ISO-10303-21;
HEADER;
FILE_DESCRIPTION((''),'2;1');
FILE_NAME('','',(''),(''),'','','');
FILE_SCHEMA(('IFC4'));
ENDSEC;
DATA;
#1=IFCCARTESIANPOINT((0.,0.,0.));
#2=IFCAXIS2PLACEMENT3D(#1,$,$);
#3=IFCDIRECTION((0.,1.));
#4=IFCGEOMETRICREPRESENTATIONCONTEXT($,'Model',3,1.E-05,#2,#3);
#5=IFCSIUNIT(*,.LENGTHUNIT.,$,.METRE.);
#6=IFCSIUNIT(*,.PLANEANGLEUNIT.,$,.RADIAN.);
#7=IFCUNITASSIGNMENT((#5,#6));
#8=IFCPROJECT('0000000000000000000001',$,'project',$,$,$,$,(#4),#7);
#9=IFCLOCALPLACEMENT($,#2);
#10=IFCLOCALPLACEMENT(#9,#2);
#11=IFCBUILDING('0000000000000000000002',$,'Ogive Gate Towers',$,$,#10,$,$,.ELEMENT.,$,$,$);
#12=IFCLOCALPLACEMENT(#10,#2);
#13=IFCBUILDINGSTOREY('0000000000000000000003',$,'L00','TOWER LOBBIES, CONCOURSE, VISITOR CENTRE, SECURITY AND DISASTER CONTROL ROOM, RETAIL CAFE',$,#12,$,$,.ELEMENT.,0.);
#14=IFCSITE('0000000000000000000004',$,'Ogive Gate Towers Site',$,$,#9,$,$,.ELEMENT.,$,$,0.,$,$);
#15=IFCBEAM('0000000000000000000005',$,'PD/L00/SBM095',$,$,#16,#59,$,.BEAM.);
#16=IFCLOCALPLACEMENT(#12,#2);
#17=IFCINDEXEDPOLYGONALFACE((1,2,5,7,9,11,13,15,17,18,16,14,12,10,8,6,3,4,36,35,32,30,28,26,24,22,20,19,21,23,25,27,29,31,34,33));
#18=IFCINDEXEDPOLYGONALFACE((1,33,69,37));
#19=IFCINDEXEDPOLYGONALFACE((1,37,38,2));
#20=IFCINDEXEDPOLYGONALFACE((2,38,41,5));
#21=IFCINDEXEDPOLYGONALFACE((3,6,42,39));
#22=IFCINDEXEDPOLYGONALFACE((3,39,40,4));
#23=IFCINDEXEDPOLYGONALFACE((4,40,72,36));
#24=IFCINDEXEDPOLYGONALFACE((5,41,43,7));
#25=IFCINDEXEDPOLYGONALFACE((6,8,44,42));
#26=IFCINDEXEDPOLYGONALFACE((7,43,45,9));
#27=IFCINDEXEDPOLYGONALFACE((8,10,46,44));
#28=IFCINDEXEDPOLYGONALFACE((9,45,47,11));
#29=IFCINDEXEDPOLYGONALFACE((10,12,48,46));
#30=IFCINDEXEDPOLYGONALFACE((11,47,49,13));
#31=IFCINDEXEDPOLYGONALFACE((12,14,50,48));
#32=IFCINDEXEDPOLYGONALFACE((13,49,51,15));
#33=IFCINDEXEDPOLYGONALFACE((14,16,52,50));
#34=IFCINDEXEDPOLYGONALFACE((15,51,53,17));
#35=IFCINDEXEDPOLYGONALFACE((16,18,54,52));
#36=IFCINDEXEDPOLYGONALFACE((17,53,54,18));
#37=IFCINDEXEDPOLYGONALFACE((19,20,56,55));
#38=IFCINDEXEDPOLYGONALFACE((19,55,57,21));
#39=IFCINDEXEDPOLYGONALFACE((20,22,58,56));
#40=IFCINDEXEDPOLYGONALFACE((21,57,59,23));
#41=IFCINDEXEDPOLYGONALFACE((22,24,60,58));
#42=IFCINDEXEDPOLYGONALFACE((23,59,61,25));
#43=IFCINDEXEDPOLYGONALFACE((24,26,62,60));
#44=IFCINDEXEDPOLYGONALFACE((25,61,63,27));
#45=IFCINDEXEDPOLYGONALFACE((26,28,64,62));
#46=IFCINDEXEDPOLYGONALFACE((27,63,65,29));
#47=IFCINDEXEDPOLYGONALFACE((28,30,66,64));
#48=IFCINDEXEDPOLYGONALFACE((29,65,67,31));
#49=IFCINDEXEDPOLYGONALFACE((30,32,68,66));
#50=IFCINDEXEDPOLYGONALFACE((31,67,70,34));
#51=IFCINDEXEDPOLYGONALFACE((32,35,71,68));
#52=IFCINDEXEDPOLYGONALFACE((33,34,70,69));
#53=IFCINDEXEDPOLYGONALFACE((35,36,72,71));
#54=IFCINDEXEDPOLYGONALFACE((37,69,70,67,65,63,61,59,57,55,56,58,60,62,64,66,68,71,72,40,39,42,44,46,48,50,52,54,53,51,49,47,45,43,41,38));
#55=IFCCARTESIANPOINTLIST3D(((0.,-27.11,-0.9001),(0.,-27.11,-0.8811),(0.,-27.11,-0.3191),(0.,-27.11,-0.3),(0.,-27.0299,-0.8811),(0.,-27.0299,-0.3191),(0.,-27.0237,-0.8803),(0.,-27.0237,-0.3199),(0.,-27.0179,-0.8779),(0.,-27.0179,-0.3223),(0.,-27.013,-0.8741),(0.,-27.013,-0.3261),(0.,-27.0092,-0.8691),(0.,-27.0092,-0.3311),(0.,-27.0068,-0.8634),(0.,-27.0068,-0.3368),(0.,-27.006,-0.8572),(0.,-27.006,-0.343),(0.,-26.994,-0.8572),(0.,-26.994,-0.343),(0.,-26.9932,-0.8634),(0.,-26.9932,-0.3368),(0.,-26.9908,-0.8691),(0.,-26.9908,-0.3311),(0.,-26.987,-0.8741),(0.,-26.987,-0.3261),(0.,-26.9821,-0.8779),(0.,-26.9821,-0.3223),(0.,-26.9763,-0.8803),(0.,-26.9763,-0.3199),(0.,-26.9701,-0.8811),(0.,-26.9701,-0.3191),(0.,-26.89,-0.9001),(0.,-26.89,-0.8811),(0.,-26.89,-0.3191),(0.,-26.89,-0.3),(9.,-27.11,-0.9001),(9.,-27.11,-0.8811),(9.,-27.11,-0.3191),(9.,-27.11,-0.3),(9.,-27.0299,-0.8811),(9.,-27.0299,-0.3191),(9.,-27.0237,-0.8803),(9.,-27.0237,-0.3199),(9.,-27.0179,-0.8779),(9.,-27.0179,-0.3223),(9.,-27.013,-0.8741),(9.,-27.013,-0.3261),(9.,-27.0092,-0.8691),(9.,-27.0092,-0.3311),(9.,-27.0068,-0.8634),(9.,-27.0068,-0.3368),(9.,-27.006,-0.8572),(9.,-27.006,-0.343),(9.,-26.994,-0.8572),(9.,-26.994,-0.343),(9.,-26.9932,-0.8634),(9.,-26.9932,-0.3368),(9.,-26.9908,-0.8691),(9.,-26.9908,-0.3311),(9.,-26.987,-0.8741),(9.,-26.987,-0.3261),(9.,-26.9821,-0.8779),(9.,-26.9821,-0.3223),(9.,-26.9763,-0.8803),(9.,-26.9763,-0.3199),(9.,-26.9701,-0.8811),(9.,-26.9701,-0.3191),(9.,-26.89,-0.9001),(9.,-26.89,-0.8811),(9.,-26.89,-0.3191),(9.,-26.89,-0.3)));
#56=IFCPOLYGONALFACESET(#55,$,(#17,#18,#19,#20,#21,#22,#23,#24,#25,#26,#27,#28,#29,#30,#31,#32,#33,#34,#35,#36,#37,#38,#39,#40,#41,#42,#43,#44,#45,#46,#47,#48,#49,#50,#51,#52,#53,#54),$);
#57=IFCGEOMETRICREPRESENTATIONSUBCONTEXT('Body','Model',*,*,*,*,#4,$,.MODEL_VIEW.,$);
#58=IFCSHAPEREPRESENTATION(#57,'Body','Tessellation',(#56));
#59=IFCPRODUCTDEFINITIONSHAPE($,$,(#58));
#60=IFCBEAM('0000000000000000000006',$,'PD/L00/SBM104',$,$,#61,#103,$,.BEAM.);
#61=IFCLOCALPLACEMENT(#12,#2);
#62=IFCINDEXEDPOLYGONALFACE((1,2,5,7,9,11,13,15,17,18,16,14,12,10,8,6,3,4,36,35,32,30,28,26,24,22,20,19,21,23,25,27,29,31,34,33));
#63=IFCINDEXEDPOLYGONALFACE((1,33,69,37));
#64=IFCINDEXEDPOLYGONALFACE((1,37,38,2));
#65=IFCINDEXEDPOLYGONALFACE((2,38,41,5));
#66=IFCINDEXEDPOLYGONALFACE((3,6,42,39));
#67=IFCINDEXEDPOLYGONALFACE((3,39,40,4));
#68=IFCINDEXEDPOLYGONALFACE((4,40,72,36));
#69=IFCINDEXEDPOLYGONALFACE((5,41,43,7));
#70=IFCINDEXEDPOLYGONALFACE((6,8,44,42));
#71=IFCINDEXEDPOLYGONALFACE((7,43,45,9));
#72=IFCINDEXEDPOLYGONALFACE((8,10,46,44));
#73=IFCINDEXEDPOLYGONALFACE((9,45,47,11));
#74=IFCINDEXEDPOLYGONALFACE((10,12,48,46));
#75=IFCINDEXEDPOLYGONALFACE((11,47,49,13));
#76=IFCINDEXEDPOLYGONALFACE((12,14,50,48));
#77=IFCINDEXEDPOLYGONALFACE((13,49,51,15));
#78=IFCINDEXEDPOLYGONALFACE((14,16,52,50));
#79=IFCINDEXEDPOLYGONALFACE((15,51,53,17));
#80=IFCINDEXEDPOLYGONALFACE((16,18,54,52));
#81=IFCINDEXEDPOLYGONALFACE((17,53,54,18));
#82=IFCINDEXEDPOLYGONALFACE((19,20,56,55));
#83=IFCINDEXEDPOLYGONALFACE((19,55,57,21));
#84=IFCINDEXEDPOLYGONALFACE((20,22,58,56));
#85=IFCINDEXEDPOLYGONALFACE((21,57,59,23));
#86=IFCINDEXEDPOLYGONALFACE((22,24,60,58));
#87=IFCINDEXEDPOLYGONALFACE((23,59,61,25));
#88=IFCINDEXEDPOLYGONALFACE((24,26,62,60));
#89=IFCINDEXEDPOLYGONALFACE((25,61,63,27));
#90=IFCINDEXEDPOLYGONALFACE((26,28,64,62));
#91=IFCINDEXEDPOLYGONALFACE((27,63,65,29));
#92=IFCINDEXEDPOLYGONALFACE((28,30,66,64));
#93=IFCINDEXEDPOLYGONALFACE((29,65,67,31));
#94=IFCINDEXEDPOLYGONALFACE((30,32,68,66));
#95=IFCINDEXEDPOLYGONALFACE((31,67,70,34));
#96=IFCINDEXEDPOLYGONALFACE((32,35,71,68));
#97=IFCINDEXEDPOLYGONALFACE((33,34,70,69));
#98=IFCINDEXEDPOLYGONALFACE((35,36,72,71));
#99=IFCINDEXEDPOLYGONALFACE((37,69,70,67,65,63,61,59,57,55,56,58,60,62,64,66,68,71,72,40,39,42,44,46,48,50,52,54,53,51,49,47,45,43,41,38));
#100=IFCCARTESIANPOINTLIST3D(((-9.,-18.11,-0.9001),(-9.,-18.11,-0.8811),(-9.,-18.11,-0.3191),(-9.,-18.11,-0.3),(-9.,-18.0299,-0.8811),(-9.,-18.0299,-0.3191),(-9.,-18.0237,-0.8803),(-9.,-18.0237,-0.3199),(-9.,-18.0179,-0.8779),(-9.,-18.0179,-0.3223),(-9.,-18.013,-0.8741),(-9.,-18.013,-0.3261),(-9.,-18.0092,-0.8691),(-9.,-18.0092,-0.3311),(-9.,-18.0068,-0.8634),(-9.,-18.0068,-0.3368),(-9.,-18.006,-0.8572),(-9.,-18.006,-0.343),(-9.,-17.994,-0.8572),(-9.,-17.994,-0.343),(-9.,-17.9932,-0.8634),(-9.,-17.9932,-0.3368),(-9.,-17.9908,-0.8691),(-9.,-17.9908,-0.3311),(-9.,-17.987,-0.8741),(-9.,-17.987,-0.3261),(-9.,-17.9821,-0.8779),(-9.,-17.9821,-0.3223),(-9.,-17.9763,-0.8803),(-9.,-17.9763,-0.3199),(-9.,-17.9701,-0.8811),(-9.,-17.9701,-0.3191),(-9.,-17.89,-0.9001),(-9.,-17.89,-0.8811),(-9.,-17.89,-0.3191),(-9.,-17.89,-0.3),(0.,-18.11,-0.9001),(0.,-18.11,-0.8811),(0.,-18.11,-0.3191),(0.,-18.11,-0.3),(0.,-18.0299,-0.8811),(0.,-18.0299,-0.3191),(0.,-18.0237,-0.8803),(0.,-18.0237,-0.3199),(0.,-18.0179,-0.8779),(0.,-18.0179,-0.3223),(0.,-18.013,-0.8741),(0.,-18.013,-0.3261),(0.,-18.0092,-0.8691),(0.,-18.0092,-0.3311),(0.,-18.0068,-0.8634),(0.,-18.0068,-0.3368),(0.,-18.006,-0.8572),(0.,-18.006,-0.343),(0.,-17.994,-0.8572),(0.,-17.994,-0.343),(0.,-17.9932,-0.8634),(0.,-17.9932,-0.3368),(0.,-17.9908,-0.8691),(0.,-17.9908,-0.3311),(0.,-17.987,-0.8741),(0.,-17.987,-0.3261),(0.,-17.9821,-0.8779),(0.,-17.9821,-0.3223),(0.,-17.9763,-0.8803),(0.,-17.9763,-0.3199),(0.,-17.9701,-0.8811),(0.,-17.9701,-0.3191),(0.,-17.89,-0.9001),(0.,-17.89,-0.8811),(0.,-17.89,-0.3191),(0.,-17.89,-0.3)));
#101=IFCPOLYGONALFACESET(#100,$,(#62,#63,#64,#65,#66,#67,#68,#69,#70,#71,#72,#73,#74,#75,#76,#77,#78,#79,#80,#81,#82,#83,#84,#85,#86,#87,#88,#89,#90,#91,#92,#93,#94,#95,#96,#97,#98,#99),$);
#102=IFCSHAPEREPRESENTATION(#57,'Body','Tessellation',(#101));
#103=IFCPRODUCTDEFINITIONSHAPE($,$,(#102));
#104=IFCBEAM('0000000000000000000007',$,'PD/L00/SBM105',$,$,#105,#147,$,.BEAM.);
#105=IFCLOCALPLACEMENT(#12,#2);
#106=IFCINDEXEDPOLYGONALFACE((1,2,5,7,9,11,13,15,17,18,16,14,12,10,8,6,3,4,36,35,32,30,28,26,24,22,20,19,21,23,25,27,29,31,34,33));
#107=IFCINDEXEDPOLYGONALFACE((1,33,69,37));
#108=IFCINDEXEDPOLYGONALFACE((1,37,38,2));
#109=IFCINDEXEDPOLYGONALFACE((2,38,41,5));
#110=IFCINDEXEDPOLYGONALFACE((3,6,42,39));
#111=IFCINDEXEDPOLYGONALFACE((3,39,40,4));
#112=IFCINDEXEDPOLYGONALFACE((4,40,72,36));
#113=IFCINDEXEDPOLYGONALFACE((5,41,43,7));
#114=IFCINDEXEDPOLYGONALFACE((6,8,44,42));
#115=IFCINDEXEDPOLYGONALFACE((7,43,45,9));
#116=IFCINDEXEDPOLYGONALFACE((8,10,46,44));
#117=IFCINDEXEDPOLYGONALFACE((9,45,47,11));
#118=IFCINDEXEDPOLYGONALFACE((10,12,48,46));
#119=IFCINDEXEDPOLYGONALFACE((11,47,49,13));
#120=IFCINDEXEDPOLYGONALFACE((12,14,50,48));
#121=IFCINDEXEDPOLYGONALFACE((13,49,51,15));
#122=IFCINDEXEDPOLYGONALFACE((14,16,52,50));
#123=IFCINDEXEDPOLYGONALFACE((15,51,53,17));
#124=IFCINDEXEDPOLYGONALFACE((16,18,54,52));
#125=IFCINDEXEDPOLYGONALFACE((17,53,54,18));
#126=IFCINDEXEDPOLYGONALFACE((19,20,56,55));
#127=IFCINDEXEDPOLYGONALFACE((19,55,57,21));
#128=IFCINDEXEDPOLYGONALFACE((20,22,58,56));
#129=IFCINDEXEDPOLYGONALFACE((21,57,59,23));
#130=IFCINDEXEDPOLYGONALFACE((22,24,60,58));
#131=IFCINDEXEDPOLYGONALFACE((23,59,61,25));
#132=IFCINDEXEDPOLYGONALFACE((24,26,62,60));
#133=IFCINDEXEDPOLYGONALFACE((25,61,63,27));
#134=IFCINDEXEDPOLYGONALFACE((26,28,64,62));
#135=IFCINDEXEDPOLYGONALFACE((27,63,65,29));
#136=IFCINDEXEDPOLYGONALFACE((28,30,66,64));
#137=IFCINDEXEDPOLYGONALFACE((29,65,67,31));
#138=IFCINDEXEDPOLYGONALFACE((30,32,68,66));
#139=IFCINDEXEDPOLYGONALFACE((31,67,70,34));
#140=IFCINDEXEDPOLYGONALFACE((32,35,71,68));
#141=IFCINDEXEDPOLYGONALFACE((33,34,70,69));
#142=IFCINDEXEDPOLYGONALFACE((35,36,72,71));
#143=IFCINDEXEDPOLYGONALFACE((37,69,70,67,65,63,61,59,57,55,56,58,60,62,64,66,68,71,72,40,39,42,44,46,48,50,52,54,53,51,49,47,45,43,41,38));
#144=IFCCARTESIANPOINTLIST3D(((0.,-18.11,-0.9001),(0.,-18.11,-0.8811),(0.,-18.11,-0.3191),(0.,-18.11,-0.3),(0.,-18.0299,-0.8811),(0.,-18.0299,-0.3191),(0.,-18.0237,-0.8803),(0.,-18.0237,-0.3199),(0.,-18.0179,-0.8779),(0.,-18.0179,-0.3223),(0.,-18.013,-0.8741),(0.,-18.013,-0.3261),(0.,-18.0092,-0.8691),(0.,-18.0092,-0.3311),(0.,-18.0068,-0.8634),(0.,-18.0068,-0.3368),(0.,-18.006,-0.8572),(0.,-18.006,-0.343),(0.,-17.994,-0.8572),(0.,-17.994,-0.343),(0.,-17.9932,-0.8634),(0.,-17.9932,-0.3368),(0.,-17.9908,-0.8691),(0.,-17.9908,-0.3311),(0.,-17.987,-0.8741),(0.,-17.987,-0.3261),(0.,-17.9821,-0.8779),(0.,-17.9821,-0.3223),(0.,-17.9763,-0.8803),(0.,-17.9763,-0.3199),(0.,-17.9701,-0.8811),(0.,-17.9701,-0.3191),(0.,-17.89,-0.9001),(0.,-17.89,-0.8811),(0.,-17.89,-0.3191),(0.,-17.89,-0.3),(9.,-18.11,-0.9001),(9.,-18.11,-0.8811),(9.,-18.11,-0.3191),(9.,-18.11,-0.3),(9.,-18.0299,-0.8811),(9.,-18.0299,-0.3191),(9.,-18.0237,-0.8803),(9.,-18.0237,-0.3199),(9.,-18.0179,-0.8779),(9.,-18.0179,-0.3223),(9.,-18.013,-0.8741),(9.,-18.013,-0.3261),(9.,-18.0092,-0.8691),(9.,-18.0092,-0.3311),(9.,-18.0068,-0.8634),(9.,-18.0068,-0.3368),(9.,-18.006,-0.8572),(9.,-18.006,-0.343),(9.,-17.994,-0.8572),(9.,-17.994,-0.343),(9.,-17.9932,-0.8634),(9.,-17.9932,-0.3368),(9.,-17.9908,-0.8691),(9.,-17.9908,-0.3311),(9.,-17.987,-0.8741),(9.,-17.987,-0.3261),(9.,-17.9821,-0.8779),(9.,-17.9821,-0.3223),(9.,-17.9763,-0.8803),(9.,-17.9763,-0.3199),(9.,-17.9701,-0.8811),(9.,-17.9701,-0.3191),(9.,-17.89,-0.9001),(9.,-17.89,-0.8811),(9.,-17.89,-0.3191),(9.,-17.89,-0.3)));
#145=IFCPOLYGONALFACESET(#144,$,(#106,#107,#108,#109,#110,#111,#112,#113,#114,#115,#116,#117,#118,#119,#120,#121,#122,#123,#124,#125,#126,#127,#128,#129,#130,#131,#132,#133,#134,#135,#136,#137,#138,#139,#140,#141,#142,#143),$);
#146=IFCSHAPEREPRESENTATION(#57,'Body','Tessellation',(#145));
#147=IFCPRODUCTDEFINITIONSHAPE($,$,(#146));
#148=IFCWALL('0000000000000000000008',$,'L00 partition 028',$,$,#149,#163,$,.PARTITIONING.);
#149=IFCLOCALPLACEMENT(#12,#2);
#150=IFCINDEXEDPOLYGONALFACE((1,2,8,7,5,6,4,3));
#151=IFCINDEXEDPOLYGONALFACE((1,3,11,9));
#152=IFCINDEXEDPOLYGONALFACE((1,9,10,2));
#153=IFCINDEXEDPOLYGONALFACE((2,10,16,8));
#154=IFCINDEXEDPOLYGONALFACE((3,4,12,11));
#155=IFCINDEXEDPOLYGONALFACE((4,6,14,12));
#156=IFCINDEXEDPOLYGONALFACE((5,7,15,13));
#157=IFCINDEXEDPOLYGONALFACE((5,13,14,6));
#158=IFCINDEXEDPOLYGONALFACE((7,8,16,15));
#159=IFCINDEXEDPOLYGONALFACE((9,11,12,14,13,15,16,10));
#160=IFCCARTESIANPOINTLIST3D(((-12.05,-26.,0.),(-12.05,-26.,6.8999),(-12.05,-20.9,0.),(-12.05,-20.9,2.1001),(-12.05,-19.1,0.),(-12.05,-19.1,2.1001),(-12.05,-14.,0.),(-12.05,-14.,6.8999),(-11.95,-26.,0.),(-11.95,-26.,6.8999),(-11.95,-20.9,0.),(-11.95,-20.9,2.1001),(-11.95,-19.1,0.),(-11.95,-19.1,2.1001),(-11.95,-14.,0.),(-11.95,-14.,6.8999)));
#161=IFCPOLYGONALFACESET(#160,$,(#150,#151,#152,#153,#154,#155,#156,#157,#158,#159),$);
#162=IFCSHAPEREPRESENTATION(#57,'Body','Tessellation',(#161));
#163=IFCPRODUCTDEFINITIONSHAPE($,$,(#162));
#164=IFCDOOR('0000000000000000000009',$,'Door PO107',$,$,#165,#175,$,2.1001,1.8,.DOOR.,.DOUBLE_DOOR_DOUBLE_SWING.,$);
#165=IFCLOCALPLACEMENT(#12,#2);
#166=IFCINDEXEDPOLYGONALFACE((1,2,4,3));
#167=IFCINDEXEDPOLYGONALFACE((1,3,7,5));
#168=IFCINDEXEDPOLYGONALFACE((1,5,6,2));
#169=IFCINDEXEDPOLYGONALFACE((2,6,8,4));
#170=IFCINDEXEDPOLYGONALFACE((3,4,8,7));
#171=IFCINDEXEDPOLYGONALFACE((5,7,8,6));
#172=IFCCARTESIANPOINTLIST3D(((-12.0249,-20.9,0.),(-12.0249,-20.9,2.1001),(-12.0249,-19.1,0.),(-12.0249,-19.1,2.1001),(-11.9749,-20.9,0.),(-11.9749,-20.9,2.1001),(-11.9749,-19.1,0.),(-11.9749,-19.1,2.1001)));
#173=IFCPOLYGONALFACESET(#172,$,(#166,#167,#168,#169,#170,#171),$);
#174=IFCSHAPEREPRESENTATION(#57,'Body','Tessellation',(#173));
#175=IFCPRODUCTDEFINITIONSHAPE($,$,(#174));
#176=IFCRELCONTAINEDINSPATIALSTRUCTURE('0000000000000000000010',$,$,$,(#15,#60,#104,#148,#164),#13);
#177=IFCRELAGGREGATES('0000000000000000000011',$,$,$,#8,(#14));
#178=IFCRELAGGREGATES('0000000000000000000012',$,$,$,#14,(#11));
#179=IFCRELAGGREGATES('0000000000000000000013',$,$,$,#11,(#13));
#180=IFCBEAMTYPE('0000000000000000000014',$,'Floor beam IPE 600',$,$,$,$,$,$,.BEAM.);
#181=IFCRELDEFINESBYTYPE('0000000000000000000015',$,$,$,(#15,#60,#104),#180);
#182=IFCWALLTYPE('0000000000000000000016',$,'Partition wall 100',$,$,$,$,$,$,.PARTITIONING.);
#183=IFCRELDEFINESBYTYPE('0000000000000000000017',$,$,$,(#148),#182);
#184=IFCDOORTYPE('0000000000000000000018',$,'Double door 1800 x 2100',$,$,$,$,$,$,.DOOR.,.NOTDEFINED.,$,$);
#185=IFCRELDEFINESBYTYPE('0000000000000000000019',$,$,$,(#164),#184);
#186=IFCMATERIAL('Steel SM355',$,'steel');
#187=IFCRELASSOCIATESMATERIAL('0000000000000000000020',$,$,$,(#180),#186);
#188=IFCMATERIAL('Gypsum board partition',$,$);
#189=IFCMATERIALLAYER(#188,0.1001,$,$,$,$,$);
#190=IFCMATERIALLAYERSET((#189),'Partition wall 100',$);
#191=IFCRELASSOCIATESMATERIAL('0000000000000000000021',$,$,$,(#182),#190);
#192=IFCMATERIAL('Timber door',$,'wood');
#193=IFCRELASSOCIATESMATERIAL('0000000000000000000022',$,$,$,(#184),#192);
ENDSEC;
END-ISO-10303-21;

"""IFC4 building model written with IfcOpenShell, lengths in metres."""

from ifc_helpers import new_model, si_unit, direction, frame, frame_2d, origin, origin_2d, place, context, subcontext, project, spatial, rectangle, i_section, extrude, material, layer, layer_set, material_profile, profile_set, type_object, element, fill, save


model = new_model("IFC4")

# Units and contexts
model_context = context("Model", 3, precision=1e-05, world=origin(), true_north=direction((0.0, 1.0)))
body_context = subcontext(model_context, "Body", "Model", "MODEL_VIEW")
ifc_project = project(units=[si_unit("LENGTHUNIT", "METRE"), si_unit("PLANEANGLEUNIT", "RADIAN")], contexts=[model_context])

# Site, building, storey
site_placement = place(None, origin())
site = spatial("IfcSite", under=ifc_project, at=site_placement, Name="Ogive Gate Towers Site", CompositionType="ELEMENT", RefElevation=0.0)
building_placement = place(site_placement, origin())
building = spatial("IfcBuilding", under=site, at=building_placement, Name="Ogive Gate Towers", CompositionType="ELEMENT")
storey_placement = place(building_placement, origin())
storey = spatial("IfcBuildingStorey", under=building, at=storey_placement, Name="L00", Description="TOWER LOBBIES, CONCOURSE, VISITOR CENTRE, SECURITY AND DISASTER CONTROL ROOM, RETAIL CAFE", CompositionType="ELEMENT", Elevation=0.0)

# Beams
ifc_material_1 = material(Name="Steel SM355", Category="steel")
ifc_material_profile_1 = material_profile(ifc_material_1, i_section(OverallWidth=0.22, OverallDepth=0.6001, WebThickness=0.012, FlangeThickness=0.019, FilletRadius=0.0239, at=origin_2d()), Name="IPE 600")
ifc_profile_set_1 = profile_set([ifc_material_profile_1], Name="Steel SM355")
beam_type = type_object("IfcBeamType", Name="Floor beam IPE 600", PredefinedType="BEAM", material=ifc_profile_set_1)
for number, where, z_axis, x_axis, name in (
    (1, (0.0, -27.0, -0.6001), (1.0, 0.0, 0.0), (0.0, 1.0, 0.0), "PD/L00/SBM095"),
    (2, (-9.0, -18.0, -0.6001), (1.0, 0.0, 0.0), (0.0, 1.0, 0.0), "PD/L00/SBM104"),
    (3, (0.0, -18.0, -0.6001), (1.0, 0.0, 0.0), (0.0, 1.0, 0.0), "PD/L00/SBM105"),
):
    element("IfcBeam", number, at=place(storey_placement, frame(where, z_axis=z_axis, x_axis=x_axis)), inside=storey, type_object=beam_type, Name=name, PredefinedType="BEAM", context=body_context, shape_type="SweptSolid", body=[
        extrude(i_section(OverallWidth=0.22, OverallDepth=0.6001, WebThickness=0.012, FlangeThickness=0.019, FilletRadius=0.0239, at=origin_2d()), origin(), (0.0, 0.0, 1.0), 9.0),
    ])

# Wall, opening, door
ifc_material_2 = material(Name="Gypsum board partition")
ifc_layer_1 = layer(ifc_material_2, 0.1001)
ifc_layer_set_1 = layer_set([ifc_layer_1], Name="Partition wall 100")
wall_type_1 = type_object("IfcWallType", Name="Partition wall 100", PredefinedType="PARTITIONING", material=ifc_layer_set_1)
wall_1_placement = place(storey_placement, frame((-12.0, -26.0, 0.0), z_axis=(0.0, 0.0, 1.0), x_axis=(0.0, 1.0, 0.0)))
wall_1 = element("IfcWall", 4, at=wall_1_placement, inside=storey, type_object=wall_type_1, Name="L00 partition 028", PredefinedType="PARTITIONING", context=body_context, shape_type="SweptSolid", body=[
    extrude(rectangle(XDim=12.0, YDim=0.1001, at=frame_2d((6.0, 0.0))), origin(), (0.0, 0.0, 1.0), 6.8999),
])
opening_1_placement = place(wall_1_placement, frame((5.1001, 0.0, 0.0)))
opening_1 = element("IfcOpeningElement", 5, at=opening_1_placement, cuts=wall_1, PredefinedType="OPENING", context=body_context, shape_type="SweptSolid", body=[
    extrude(rectangle(XDim=1.8, YDim=2.1001, at=frame_2d((0.8999, 1.05))), frame((0.0, 0.0601, 0.0), z_axis=(0.0, -1.0, 0.0), x_axis=(1.0, 0.0, 0.0)), (0.0, 0.0, 1.0), 0.1201),
])
ifc_material_3 = material(Name="Timber door", Category="wood")
door_type_1 = type_object("IfcDoorType", Name="Double door 1800 x 2100", OperationType="NOTDEFINED", PredefinedType="DOOR", material=ifc_material_3)
door_1_placement = place(opening_1_placement, origin())
door_1 = element("IfcDoor", 6, at=door_1_placement, inside=storey, type_object=door_type_1, Name="Door PO107", OperationType="DOUBLE_DOOR_DOUBLE_SWING", OverallHeight=2.1001, OverallWidth=1.8, PredefinedType="DOOR", context=body_context, shape_type="SweptSolid", body=[
    extrude(rectangle(XDim=1.8, YDim=2.1001, at=frame_2d((0.8999, 1.05))), frame((0.0, 0.0249, 0.0), z_axis=(0.0, -1.0, 0.0), x_axis=(1.0, 0.0, 0.0)), (0.0, 0.0, 1.0), 0.05),
])
fill(opening_1, door_1)

save(model, "model.ifc")
